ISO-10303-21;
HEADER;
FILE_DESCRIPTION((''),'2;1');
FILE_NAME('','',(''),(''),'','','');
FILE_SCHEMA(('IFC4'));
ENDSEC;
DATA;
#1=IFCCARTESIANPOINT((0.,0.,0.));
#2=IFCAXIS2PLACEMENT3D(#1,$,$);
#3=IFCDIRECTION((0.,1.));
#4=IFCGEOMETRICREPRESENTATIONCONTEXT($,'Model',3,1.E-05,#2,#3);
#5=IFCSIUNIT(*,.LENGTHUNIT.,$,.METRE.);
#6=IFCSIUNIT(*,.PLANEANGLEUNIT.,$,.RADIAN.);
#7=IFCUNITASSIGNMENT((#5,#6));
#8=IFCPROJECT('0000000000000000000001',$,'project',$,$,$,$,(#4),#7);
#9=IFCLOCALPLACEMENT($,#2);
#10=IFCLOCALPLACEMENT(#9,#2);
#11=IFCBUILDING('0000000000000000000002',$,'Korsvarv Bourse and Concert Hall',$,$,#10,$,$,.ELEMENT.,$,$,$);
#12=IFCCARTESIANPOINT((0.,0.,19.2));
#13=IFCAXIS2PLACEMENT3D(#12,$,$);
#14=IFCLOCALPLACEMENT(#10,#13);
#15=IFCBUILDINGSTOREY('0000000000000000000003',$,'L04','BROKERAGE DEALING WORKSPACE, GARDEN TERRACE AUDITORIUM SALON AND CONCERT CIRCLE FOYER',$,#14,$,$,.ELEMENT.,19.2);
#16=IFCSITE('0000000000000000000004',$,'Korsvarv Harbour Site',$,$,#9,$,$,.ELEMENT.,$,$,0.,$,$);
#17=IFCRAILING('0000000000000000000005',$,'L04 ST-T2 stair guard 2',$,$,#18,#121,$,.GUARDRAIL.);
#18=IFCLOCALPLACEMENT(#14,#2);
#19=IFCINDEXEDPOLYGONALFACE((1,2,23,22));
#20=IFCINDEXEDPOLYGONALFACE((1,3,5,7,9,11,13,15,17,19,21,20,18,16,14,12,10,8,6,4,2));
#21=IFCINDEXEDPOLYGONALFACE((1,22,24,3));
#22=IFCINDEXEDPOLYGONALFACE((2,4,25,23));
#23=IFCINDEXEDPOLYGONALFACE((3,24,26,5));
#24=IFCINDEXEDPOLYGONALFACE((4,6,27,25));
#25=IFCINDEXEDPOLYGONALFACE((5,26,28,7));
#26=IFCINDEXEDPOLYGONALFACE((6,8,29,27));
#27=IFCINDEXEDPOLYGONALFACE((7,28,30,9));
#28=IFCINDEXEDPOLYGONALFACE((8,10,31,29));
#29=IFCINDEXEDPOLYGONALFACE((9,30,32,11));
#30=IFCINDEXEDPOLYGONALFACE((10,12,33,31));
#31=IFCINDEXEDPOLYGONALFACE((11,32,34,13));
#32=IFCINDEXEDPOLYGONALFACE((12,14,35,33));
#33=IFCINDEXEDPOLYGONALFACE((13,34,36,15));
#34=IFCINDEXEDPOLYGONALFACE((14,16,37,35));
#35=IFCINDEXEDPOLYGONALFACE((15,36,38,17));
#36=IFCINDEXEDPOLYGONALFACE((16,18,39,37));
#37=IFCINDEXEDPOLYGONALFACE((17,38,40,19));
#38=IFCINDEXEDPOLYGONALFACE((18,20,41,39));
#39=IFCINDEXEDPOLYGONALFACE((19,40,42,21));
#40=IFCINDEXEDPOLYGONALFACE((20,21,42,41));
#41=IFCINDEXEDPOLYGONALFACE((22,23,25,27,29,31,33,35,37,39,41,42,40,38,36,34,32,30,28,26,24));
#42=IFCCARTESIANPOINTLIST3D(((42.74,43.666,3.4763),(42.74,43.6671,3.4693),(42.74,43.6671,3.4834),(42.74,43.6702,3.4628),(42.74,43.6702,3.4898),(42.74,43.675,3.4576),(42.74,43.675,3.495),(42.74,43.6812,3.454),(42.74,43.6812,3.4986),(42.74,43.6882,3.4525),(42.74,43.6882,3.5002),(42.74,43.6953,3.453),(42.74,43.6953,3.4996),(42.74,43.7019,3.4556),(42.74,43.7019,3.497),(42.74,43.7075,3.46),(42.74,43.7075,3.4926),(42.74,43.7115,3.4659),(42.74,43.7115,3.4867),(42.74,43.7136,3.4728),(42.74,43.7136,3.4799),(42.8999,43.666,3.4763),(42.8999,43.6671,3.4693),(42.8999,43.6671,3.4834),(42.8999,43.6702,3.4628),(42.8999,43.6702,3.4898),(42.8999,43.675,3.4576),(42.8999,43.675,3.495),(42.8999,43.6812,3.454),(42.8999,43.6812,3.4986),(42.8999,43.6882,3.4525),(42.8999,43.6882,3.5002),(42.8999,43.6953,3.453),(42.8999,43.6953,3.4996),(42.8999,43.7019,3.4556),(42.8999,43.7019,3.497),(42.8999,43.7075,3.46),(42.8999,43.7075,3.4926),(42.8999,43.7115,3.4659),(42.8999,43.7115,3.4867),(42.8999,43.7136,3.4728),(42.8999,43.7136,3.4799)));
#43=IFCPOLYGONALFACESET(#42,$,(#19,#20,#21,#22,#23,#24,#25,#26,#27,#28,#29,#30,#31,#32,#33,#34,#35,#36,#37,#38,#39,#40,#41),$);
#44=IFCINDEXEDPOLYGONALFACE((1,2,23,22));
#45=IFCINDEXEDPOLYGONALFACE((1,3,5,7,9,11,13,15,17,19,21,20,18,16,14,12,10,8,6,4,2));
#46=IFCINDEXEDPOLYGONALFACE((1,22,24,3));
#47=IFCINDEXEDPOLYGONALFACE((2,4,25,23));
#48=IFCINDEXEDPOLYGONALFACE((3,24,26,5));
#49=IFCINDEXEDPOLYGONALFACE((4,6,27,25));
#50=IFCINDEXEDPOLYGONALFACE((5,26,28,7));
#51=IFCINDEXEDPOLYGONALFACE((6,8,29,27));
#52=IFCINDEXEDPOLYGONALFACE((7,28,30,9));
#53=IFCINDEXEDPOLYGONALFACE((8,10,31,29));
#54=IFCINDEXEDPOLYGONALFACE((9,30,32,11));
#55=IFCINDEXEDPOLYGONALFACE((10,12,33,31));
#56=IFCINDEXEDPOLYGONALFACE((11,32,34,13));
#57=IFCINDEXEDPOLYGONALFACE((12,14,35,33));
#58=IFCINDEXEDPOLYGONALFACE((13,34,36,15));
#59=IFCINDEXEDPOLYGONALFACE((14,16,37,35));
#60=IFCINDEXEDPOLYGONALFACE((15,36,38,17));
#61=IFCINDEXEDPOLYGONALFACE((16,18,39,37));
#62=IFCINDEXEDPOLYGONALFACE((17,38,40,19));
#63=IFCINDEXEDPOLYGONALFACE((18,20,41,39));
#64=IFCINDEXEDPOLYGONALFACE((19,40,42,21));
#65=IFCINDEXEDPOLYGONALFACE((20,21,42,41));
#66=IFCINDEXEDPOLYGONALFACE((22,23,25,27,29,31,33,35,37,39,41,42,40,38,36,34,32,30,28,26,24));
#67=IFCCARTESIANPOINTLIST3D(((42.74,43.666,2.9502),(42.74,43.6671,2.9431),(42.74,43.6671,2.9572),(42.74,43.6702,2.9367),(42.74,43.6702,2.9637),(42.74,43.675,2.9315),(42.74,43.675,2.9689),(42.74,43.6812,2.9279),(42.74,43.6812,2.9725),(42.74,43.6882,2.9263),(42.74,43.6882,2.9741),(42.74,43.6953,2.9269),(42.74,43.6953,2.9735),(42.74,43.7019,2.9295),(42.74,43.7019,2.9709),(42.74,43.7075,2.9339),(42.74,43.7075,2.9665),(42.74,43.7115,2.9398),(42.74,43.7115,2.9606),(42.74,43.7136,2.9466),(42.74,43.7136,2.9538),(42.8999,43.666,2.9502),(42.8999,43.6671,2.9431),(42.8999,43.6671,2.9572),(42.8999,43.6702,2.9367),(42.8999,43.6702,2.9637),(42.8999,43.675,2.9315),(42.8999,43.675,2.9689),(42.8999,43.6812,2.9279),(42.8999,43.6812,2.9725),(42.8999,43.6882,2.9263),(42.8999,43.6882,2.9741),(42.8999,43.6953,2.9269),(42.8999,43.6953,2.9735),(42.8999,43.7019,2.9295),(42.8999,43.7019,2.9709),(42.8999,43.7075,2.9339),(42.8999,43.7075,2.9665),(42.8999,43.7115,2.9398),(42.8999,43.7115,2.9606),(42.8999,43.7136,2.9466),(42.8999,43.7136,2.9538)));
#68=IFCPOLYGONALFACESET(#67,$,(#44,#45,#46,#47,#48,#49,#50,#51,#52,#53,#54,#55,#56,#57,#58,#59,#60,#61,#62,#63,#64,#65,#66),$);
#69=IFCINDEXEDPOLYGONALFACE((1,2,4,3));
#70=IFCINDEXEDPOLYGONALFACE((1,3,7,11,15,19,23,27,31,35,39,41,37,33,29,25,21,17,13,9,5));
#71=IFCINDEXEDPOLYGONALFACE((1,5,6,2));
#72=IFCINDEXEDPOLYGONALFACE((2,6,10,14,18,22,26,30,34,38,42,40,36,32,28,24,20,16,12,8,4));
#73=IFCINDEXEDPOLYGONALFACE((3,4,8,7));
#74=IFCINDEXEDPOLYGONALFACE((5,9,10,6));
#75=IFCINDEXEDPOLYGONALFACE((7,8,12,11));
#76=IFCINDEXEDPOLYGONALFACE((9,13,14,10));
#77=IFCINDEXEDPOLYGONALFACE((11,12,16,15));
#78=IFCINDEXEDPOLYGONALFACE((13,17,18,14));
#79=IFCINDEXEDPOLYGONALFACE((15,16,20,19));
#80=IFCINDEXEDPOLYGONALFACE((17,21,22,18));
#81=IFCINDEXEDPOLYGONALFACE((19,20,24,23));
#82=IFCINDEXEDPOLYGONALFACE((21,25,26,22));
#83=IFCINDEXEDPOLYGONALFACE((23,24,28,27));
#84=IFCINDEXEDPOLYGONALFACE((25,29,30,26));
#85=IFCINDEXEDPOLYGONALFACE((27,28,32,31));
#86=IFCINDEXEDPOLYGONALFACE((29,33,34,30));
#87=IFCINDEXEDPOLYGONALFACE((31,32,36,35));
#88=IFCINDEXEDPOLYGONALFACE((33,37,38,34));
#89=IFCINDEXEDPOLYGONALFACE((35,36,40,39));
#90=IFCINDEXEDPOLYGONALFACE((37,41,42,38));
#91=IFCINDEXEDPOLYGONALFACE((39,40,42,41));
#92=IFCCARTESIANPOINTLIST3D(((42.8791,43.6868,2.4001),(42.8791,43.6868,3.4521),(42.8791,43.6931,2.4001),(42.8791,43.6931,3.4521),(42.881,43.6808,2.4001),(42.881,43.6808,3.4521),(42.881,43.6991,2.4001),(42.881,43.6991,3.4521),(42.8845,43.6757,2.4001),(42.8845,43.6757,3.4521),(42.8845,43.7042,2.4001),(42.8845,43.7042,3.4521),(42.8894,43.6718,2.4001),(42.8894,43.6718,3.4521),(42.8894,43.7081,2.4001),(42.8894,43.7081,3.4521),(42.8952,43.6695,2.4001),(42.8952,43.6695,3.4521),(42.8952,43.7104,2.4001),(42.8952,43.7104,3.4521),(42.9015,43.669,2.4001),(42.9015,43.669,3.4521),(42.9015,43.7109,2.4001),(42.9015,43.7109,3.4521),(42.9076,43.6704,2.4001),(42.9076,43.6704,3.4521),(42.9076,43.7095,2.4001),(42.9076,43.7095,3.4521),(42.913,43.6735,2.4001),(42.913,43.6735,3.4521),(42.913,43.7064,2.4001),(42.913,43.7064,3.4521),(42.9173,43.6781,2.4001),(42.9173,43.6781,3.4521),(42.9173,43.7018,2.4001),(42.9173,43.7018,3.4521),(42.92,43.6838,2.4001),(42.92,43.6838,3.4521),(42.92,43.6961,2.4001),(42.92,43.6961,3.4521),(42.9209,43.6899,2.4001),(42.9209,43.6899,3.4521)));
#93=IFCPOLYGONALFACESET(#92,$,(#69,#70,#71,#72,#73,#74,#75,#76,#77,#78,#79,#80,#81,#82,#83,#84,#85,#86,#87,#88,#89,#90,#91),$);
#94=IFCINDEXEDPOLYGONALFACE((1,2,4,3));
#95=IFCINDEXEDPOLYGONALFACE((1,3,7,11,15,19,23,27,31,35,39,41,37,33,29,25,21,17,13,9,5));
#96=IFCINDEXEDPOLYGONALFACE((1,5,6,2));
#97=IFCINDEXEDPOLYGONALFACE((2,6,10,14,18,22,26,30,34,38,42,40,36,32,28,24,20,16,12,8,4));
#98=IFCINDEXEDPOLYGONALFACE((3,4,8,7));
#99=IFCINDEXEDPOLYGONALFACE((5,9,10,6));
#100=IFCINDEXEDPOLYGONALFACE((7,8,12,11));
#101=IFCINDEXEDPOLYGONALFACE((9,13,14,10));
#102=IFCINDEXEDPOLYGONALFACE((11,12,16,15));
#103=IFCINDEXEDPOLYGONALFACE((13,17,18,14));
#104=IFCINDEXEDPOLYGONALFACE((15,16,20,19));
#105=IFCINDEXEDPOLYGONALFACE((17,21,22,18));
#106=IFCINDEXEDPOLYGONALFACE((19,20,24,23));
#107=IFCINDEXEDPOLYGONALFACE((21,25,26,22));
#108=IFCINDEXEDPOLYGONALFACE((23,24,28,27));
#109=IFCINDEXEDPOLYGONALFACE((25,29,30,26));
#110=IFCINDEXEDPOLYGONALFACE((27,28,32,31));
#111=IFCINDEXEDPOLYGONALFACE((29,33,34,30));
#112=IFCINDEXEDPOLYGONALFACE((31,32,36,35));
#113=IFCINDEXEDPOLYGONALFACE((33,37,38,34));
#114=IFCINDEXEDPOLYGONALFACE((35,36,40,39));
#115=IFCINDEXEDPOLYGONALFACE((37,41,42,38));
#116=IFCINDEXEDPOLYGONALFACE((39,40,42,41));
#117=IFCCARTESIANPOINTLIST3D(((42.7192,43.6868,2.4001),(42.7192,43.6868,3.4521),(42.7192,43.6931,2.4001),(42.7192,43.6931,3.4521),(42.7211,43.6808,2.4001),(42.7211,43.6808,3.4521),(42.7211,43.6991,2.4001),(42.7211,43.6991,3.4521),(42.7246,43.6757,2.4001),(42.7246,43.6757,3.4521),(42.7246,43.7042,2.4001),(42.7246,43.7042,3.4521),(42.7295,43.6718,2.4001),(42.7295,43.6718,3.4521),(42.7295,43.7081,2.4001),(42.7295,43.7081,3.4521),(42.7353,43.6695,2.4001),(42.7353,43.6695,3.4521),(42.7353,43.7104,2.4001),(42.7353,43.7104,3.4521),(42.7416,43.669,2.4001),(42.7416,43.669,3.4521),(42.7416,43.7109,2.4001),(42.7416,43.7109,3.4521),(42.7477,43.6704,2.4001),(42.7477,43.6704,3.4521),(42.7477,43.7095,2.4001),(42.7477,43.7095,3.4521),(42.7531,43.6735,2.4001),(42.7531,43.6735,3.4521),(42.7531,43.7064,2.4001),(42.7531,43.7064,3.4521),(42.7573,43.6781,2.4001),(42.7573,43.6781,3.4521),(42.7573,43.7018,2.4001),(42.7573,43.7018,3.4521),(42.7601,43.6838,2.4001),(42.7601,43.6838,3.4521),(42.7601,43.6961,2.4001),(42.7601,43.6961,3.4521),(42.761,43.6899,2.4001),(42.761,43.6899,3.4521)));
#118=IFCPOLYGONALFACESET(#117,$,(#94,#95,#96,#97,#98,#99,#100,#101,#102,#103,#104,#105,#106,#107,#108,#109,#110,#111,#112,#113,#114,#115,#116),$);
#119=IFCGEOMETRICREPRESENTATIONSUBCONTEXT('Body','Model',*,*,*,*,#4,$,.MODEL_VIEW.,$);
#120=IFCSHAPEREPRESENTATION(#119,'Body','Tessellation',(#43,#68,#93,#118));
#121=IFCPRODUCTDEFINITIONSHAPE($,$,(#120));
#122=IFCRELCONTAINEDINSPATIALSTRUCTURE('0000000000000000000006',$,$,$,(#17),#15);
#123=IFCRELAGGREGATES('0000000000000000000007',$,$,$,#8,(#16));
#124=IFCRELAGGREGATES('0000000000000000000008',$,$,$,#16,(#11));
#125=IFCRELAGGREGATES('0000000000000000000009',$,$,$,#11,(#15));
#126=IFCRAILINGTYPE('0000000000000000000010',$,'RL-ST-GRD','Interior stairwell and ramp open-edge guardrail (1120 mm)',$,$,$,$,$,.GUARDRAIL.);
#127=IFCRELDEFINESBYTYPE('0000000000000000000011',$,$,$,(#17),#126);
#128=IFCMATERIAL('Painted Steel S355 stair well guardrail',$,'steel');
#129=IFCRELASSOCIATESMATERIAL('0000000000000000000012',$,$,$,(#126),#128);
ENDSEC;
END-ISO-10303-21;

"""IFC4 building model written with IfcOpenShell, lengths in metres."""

from ifc_helpers import new_model, si_unit, direction, frame, origin, origin_2d, place, context, subcontext, project, spatial, circle, extrude, material, type_object, element, save


model = new_model("IFC4")

# Units and contexts
model_context = context("Model", 3, precision=1e-05, world=origin(), true_north=direction((0.0, 1.0)))
body_context = subcontext(model_context, "Body", "Model", "MODEL_VIEW")
ifc_project = project(units=[si_unit("LENGTHUNIT", "METRE"), si_unit("PLANEANGLEUNIT", "RADIAN")], contexts=[model_context])

# Site, building, storey
site_placement = place(None, origin())
site = spatial("IfcSite", under=ifc_project, at=site_placement, Name="Korsvarv Harbour Site", CompositionType="ELEMENT", RefElevation=0.0)
building_placement = place(site_placement, origin())
building = spatial("IfcBuilding", under=site, at=building_placement, Name="Korsvarv Bourse and Concert Hall", CompositionType="ELEMENT")
storey_placement = place(building_placement, frame((0.0, 0.0, 19.2)))
storey = spatial("IfcBuildingStorey", under=building, at=storey_placement, Name="L04", Description="BROKERAGE DEALING WORKSPACE, GARDEN TERRACE AUDITORIUM SALON AND CONCERT CIRCLE FOYER", CompositionType="ELEMENT", Elevation=19.2)

# Railing
ifc_material_1 = material(Name="Painted Steel S355 stair well guardrail", Category="steel")
railing_type_1 = type_object("IfcRailingType", Name="RL-ST-GRD", Description="Interior stairwell and ramp open-edge guardrail (1120 mm)", PredefinedType="GUARDRAIL", material=ifc_material_1)
railing_1_placement = place(storey_placement, frame((42.8999, 43.6899, 2.4001)))
element("IfcRailing", 1, at=railing_1_placement, inside=storey, type_object=railing_type_1, Name="L04 ST-T2 stair guard 2", PredefinedType="GUARDRAIL", context=body_context, shape_type="SweptSolid", body=[
    extrude(circle(Radius=0.0239, at=origin_2d()), frame((0.0, 0.0, 1.0762), z_axis=(-1.0, 0.0, 0.0), x_axis=(0.0, -1.0, 0.0)), (0.0, 0.0, 1.0), 0.1599),
    extrude(circle(Radius=0.0239, at=origin_2d()), frame((0.0, 0.0, 0.55), z_axis=(-1.0, 0.0, 0.0), x_axis=(0.0, -1.0, 0.0)), (0.0, 0.0, 1.0), 0.1599),
    extrude(circle(Radius=0.021, at=origin_2d()), origin(), (0.0, 0.0, 1.0), 1.052),
    extrude(circle(Radius=0.021, at=origin_2d()), frame((-0.1599, 0.0, 0.0)), (0.0, 0.0, 1.0), 1.052),
])

save(model, "model.ifc")
